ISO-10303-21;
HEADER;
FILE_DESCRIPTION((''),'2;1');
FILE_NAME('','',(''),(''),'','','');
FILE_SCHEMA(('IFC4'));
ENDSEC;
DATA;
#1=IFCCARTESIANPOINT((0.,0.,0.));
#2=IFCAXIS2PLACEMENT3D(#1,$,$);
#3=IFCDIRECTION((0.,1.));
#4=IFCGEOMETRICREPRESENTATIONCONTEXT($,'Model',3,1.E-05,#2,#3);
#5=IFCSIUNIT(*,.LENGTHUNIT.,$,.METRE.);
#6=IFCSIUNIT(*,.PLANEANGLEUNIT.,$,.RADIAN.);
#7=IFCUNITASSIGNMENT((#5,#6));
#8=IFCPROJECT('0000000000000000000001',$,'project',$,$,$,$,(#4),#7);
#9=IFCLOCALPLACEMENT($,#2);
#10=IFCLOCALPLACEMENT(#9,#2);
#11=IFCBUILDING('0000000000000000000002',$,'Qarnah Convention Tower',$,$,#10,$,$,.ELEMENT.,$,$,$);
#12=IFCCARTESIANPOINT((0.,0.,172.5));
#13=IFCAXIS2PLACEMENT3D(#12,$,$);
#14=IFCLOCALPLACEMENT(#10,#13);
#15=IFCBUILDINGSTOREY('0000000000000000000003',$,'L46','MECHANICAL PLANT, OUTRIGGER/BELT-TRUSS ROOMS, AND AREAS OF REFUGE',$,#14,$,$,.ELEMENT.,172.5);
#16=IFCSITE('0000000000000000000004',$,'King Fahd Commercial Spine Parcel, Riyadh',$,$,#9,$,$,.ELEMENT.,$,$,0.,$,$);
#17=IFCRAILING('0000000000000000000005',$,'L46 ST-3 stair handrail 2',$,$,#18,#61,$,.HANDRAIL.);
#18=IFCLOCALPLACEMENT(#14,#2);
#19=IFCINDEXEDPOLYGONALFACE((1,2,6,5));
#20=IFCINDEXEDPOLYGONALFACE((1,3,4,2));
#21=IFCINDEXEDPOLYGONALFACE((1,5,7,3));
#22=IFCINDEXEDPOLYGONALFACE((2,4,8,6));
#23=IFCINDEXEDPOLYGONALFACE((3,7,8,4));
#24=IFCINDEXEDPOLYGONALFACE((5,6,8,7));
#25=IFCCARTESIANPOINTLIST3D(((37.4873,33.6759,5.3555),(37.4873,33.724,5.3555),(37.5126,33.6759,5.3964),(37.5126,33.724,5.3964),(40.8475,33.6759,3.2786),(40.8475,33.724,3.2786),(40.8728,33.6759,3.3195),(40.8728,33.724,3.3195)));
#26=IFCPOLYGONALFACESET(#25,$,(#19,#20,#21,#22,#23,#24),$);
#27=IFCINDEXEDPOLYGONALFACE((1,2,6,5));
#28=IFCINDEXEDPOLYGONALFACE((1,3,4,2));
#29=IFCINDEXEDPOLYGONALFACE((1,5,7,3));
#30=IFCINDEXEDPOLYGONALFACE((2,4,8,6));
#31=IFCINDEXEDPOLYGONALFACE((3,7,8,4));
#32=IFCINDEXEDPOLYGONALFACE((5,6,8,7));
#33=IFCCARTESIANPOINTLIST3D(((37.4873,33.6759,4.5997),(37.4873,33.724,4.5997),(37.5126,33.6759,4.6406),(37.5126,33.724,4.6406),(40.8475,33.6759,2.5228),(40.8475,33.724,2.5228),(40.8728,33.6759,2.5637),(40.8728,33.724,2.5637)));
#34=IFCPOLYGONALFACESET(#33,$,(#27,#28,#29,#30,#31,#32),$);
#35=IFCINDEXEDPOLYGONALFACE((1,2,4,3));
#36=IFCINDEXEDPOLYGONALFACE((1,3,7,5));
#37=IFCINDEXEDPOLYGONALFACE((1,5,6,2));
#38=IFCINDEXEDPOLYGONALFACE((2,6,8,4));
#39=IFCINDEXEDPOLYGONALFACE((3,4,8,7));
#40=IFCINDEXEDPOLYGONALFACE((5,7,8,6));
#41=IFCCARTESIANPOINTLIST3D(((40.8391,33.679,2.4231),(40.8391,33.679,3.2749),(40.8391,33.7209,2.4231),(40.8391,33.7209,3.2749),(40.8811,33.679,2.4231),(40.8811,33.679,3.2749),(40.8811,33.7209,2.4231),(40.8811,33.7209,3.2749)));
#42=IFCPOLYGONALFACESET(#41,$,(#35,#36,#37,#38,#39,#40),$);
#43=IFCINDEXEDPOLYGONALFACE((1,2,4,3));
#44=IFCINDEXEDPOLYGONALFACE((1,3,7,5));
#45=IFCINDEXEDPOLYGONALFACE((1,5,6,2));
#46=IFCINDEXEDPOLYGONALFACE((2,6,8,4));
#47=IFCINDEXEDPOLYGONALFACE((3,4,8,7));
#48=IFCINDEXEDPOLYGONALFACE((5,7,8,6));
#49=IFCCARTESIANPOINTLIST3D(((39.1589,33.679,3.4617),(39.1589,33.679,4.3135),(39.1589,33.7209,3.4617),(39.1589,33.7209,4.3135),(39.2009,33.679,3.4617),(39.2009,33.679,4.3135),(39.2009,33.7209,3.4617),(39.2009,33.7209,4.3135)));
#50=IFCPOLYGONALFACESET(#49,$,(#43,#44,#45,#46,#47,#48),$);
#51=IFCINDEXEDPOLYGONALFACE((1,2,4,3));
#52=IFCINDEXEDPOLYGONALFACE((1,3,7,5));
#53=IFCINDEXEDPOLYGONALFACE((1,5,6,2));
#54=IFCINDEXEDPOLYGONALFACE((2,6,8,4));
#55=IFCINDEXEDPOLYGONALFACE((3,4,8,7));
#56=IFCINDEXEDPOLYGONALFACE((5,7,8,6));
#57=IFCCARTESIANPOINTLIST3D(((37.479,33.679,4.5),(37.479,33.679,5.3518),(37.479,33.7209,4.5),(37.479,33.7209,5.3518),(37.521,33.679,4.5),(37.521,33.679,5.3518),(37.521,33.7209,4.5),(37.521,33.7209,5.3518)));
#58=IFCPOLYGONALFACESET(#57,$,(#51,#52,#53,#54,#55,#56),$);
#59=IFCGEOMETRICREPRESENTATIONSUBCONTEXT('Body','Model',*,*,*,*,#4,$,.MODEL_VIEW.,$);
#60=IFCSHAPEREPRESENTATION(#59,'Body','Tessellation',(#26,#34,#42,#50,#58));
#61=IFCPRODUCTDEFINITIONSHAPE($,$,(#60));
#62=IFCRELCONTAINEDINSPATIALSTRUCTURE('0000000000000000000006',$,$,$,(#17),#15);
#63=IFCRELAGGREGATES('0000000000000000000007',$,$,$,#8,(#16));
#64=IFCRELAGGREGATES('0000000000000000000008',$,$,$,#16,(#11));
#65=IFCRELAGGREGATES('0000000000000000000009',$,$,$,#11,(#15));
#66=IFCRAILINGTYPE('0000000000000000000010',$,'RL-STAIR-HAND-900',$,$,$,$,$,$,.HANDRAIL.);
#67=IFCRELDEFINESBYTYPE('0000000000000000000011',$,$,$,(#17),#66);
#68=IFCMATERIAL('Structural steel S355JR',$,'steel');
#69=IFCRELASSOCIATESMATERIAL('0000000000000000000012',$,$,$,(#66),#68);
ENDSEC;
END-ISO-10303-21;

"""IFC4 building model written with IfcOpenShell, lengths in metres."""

from ifc_helpers import new_model, si_unit, direction, frame, origin, origin_2d, place, context, subcontext, project, spatial, rectangle, extrude, material, type_object, element, save


model = new_model("IFC4")

# Units and contexts
model_context = context("Model", 3, precision=1e-05, world=origin(), true_north=direction((0.0, 1.0)))
body_context = subcontext(model_context, "Body", "Model", "MODEL_VIEW")
ifc_project = project(units=[si_unit("LENGTHUNIT", "METRE"), si_unit("PLANEANGLEUNIT", "RADIAN")], contexts=[model_context])

# Site, building, storey
site_placement = place(None, origin())
site = spatial("IfcSite", under=ifc_project, at=site_placement, Name="King Fahd Commercial Spine Parcel, Riyadh", CompositionType="ELEMENT", RefElevation=0.0)
building_placement = place(site_placement, origin())
building = spatial("IfcBuilding", under=site, at=building_placement, Name="Qarnah Convention Tower", CompositionType="ELEMENT")
storey_placement = place(building_placement, frame((0.0, 0.0, 172.5)))
storey = spatial("IfcBuildingStorey", under=building, at=storey_placement, Name="L46", Description="MECHANICAL PLANT, OUTRIGGER/BELT-TRUSS ROOMS, AND AREAS OF REFUGE", CompositionType="ELEMENT", Elevation=172.5)

# Shared definitions
ifc_material_1 = material(Name="Structural steel S355JR", Category="steel")

# Railing
railing_type_1 = type_object("IfcRailingType", Name="RL-STAIR-HAND-900", PredefinedType="HANDRAIL", material=ifc_material_1)
railing_1_placement = place(storey_placement, frame((40.8601, 33.7, 2.4231)))
element("IfcRailing", 1, at=railing_1_placement, inside=storey, type_object=railing_type_1, Name="L46 ST-3 stair handrail 2", PredefinedType="HANDRAIL", context=body_context, shape_type="SweptSolid", body=[
    extrude(rectangle(XDim=0.0481, YDim=0.0481, at=origin_2d()), frame((0.0, 0.0, 0.876), z_axis=(-0.850623, 0.0, 0.525776), x_axis=(0.0, -1.0, 0.0)), (0.0, 0.0, 1.0), 3.9502),
    extrude(rectangle(XDim=0.0481, YDim=0.0481, at=origin_2d()), frame((0.0, 0.0, 0.1201), z_axis=(-0.850623, 0.0, 0.525776), x_axis=(0.0, -1.0, 0.0)), (0.0, 0.0, 1.0), 3.9502),
    extrude(rectangle(XDim=0.042, YDim=0.042, at=origin_2d()), origin(), (0.0, 0.0, 1.0), 0.8518),
    extrude(rectangle(XDim=0.042, YDim=0.042, at=origin_2d()), frame((-1.6802, 0.0, 1.0386)), (0.0, 0.0, 1.0), 0.8518),
    extrude(rectangle(XDim=0.042, YDim=0.042, at=origin_2d()), frame((-3.3601, 0.0, 2.0769)), (0.0, 0.0, 1.0), 0.8518),
])

save(model, "model.ifc")
